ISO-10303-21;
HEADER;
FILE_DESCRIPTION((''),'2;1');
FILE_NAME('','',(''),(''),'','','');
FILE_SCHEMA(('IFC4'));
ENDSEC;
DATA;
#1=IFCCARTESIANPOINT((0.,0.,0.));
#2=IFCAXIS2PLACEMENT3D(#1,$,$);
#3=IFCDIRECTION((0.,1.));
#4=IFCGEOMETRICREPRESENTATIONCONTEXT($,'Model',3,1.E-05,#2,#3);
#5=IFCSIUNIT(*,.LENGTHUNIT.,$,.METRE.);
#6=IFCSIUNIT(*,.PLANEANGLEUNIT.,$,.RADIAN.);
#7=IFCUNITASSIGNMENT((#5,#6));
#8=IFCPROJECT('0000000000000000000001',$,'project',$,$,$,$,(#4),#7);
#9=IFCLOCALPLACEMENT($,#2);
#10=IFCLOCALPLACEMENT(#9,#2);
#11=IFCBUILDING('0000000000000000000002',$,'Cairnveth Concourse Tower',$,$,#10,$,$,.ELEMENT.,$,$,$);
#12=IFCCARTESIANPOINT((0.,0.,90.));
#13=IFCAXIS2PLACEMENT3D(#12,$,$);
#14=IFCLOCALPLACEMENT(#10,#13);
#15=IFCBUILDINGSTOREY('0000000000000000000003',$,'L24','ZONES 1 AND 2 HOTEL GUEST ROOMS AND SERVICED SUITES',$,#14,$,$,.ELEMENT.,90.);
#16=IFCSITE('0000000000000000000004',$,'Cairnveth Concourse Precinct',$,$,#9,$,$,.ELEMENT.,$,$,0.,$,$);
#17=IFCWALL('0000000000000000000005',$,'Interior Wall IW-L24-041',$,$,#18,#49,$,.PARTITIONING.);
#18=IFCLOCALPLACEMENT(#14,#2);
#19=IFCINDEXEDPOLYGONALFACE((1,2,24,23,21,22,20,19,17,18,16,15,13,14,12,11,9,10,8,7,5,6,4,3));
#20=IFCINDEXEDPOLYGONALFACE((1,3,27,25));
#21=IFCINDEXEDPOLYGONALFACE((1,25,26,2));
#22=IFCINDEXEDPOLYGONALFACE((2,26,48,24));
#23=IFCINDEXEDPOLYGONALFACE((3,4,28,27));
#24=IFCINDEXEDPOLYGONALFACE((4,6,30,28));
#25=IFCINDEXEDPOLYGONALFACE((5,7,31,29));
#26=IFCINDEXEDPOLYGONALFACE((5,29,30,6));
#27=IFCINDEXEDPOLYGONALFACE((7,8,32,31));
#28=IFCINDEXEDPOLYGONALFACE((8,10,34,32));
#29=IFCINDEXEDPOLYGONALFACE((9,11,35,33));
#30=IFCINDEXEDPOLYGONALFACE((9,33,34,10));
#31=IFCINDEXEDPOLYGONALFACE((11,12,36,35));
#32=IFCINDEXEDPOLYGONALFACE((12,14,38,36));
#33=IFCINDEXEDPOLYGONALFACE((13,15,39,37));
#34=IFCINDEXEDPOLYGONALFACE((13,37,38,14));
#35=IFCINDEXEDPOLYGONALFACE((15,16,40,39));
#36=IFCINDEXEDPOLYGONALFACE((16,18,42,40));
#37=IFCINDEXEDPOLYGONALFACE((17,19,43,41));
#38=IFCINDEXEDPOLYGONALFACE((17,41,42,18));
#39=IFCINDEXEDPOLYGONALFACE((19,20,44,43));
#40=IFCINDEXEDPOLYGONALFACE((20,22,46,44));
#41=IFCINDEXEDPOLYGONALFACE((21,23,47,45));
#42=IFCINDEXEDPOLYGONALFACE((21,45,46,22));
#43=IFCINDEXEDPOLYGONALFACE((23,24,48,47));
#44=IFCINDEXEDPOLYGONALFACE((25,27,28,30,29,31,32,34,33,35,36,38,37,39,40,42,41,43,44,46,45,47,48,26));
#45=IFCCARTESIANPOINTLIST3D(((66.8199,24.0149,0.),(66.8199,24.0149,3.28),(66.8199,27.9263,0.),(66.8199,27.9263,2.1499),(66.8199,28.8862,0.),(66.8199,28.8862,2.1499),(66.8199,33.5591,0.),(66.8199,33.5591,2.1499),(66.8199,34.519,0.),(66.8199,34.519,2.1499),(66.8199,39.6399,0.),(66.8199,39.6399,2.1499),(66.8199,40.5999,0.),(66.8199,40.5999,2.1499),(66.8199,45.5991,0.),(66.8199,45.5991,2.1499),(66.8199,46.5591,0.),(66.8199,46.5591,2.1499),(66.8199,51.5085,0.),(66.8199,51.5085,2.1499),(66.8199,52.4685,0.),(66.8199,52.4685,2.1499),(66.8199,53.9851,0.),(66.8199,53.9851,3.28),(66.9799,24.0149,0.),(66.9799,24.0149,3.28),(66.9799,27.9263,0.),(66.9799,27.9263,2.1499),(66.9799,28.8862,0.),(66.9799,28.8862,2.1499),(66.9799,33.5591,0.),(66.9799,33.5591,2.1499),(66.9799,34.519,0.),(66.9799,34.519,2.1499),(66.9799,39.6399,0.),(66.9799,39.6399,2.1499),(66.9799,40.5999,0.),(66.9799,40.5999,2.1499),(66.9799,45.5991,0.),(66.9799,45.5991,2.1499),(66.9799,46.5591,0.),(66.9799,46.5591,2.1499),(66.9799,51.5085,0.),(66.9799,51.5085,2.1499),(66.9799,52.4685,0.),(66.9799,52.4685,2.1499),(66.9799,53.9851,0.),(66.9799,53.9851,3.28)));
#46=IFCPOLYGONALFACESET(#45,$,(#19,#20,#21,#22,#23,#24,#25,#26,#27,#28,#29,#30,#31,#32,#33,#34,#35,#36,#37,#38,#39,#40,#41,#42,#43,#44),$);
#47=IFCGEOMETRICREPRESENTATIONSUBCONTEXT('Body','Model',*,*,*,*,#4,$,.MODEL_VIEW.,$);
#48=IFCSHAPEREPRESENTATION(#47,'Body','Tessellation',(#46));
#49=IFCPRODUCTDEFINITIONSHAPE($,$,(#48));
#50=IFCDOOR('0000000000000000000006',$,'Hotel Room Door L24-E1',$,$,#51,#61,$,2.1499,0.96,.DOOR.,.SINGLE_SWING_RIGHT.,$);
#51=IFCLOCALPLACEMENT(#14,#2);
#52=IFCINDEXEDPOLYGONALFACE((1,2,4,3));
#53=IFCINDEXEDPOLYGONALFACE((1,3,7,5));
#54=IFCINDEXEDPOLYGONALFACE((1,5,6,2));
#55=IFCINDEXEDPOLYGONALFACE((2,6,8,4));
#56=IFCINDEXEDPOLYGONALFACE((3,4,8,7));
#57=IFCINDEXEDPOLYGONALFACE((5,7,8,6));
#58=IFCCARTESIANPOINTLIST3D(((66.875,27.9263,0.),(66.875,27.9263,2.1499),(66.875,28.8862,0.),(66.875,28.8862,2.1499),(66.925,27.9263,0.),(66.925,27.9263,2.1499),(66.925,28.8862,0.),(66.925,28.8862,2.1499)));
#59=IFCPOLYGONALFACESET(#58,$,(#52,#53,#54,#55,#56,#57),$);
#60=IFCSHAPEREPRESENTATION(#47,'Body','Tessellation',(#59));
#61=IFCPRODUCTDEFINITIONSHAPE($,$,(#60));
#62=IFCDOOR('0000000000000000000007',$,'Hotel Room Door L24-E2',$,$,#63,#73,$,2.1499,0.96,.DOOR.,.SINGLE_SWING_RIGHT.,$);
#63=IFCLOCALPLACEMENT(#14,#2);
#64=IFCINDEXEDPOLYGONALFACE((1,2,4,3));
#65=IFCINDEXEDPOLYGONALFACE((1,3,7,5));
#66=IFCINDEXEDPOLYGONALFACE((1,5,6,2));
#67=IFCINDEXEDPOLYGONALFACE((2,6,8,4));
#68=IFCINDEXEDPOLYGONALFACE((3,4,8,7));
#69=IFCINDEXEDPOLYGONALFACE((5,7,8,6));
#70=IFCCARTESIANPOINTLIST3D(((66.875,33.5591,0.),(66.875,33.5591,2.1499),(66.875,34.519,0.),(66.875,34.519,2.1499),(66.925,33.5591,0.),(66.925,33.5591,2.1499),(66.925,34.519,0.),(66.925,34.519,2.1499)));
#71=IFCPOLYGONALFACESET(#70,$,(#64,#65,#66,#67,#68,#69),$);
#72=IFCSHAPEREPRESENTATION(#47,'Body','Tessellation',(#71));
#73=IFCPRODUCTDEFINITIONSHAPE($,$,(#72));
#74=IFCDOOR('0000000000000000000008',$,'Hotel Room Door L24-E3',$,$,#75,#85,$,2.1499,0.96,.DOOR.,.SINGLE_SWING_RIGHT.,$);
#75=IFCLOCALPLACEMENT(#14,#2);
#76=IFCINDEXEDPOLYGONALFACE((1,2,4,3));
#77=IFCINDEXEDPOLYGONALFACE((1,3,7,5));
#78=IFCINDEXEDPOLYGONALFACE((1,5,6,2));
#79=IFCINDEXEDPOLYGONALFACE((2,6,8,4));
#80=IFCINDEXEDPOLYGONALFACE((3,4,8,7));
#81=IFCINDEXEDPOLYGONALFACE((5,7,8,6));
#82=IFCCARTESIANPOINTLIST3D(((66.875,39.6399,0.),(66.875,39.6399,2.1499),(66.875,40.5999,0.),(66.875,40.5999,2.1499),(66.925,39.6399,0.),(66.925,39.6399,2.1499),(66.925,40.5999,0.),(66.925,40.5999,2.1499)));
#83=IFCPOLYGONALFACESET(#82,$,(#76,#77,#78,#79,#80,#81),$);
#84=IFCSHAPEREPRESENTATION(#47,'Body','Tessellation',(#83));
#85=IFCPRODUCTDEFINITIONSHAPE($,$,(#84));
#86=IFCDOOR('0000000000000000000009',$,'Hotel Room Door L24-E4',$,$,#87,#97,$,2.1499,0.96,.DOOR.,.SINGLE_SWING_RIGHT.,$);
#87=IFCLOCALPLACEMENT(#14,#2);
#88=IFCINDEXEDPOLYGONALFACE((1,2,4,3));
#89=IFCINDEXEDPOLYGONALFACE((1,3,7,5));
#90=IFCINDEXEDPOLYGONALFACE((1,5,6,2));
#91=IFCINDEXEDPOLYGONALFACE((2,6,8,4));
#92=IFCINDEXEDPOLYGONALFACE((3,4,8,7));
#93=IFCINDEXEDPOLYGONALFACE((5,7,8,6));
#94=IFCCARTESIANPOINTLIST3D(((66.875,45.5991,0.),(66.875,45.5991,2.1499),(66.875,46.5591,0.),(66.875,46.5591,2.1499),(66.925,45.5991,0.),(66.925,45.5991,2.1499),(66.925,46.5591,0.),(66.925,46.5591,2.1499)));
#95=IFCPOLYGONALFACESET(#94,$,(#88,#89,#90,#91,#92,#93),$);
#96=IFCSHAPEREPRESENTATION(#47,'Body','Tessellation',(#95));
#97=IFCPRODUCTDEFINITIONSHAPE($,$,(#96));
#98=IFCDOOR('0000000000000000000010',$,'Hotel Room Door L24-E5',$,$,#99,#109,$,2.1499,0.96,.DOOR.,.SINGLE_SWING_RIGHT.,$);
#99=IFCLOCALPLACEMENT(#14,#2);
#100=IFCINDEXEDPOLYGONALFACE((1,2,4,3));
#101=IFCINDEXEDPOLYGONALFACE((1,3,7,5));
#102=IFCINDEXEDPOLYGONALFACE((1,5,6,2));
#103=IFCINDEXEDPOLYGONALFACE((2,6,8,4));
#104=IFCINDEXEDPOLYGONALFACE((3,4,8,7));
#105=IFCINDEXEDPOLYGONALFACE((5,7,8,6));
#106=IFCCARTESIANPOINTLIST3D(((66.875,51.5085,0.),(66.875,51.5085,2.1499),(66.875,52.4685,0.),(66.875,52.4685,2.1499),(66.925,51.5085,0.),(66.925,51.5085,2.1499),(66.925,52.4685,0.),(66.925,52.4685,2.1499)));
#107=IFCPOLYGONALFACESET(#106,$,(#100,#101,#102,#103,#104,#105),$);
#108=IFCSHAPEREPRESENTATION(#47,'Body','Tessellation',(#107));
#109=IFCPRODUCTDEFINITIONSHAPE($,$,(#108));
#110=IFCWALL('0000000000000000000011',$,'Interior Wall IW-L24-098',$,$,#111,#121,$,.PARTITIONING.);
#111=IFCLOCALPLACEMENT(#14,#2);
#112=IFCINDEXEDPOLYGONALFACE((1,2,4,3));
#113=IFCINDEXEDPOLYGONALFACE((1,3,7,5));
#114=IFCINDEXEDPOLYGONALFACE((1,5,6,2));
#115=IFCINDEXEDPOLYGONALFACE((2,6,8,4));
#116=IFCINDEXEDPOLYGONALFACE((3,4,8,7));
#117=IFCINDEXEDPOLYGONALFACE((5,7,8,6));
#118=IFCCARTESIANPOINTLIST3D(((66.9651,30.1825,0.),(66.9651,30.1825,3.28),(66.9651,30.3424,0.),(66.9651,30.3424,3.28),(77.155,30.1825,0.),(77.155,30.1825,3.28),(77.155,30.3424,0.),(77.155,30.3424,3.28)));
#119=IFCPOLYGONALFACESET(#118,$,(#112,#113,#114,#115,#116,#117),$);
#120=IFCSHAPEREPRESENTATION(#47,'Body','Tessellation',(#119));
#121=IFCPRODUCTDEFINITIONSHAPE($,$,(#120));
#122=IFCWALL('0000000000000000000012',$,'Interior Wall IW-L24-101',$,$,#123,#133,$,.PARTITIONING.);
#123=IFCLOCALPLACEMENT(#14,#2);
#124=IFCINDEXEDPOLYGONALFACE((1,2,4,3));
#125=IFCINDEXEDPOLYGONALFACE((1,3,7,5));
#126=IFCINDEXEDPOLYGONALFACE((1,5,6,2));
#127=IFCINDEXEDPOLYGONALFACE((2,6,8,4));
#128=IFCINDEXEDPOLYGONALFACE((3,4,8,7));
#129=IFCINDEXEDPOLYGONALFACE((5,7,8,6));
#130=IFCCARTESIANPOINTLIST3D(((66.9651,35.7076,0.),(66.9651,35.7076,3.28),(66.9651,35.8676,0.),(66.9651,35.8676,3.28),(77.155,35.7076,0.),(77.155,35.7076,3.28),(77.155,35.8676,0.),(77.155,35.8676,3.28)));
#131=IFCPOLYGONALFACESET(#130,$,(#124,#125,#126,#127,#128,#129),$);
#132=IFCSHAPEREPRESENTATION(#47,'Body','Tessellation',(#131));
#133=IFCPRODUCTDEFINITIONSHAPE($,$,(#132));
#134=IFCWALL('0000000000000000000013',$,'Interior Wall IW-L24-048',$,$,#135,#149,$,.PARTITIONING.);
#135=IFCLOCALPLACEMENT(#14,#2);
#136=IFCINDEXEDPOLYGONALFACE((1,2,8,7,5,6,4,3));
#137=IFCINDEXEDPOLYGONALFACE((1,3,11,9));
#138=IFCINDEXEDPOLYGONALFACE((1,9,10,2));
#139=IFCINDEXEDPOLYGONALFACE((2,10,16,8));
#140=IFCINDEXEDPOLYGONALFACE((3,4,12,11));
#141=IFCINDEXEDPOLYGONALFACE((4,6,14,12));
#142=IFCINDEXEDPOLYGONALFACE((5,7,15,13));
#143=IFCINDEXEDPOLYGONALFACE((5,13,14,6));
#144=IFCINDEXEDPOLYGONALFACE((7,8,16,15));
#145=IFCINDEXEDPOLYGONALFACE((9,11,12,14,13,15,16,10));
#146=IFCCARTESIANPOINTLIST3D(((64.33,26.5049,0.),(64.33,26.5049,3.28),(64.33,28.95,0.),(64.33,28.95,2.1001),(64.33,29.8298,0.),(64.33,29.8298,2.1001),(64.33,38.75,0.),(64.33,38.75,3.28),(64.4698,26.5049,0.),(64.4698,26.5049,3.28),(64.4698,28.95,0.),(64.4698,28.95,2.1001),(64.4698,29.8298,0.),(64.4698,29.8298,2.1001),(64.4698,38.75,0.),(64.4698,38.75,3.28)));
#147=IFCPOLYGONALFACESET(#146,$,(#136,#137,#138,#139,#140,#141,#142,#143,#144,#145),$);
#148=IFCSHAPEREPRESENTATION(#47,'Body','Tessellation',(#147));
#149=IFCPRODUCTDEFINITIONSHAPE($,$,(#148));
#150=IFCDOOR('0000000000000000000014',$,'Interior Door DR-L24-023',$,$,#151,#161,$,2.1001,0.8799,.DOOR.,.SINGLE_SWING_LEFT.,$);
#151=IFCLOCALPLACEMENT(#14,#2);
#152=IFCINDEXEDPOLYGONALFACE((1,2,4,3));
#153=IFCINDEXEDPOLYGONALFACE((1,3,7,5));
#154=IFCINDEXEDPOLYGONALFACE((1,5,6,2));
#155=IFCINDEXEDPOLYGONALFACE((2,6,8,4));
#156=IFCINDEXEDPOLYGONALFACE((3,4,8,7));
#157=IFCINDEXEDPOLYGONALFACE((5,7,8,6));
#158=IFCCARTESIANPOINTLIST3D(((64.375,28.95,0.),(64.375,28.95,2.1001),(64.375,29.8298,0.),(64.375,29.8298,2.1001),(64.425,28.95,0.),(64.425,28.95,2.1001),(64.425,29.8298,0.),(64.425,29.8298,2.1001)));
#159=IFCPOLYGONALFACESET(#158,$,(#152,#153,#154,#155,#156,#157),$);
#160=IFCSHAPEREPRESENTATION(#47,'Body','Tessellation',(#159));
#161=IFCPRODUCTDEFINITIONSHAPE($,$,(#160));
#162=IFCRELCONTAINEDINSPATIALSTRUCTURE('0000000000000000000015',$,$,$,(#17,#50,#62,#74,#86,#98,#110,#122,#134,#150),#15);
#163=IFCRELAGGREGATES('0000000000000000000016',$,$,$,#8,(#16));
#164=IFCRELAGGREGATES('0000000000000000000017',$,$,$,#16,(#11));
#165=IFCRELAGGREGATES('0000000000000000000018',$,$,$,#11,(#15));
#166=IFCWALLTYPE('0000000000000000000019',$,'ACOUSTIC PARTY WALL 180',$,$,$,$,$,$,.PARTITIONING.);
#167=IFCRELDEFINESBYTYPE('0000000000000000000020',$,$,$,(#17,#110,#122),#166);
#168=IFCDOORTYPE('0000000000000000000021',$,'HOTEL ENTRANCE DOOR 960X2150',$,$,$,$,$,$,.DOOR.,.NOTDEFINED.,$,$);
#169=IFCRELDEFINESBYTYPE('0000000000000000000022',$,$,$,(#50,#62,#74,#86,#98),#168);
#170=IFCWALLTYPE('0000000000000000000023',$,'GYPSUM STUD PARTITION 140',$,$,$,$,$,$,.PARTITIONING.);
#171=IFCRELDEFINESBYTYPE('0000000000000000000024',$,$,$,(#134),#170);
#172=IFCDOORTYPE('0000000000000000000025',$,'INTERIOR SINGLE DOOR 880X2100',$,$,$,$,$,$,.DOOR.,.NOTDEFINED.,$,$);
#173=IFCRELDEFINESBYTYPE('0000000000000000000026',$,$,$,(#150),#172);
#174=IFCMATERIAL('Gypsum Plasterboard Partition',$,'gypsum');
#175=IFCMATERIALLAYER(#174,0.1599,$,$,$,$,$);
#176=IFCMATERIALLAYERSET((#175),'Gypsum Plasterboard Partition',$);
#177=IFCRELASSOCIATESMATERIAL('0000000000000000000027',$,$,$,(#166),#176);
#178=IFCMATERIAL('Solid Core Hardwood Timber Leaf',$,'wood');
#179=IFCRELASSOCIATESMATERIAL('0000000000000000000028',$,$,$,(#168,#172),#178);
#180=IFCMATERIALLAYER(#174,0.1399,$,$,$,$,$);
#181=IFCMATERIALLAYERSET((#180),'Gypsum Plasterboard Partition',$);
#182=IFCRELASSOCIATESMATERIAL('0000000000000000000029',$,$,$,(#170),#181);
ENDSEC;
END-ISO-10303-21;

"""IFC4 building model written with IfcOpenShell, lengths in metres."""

from ifc_helpers import new_model, si_unit, direction, frame, frame_2d, origin, place, context, subcontext, project, spatial, rectangle, extrude, material, layer, layer_set, type_object, element, fill, save


model = new_model("IFC4")

# Units and contexts
model_context = context("Model", 3, precision=1e-05, world=origin(), true_north=direction((0.0, 1.0)))
body_context = subcontext(model_context, "Body", "Model", "MODEL_VIEW")
ifc_project = project(units=[si_unit("LENGTHUNIT", "METRE"), si_unit("PLANEANGLEUNIT", "RADIAN")], contexts=[model_context])

# Site, building, storey
site_placement = place(None, origin())
site = spatial("IfcSite", under=ifc_project, at=site_placement, Name="Cairnveth Concourse Precinct", CompositionType="ELEMENT", RefElevation=0.0)
building_placement = place(site_placement, origin())
building = spatial("IfcBuilding", under=site, at=building_placement, Name="Cairnveth Concourse Tower", CompositionType="ELEMENT")
storey_placement = place(building_placement, frame((0.0, 0.0, 90.0)))
storey = spatial("IfcBuildingStorey", under=building, at=storey_placement, Name="L24", Description="ZONES 1 AND 2 HOTEL GUEST ROOMS AND SERVICED SUITES", CompositionType="ELEMENT", Elevation=90.0)

# Wall, openings, doors
ifc_material_1 = material(Name="Gypsum Plasterboard Partition", Category="gypsum")
ifc_layer_1 = layer(ifc_material_1, 0.1599)
ifc_layer_set_1 = layer_set([ifc_layer_1], Name="Gypsum Plasterboard Partition")
wall_type_1 = type_object("IfcWallType", Name="ACOUSTIC PARTY WALL 180", PredefinedType="PARTITIONING", material=ifc_layer_set_1)
wall_1_placement = place(storey_placement, frame((66.8999, 24.0149, 0.0), z_axis=(0.0, 0.0, 1.0), x_axis=(0.0, 1.0, 0.0)))
wall_1 = element("IfcWall", 1, at=wall_1_placement, inside=storey, type_object=wall_type_1, Name="Interior Wall IW-L24-041", PredefinedType="PARTITIONING", context=body_context, shape_type="SweptSolid", body=[
    extrude(rectangle(XDim=29.9702, YDim=0.1599, at=frame_2d((14.9851, 0.0))), origin(), (0.0, 0.0, 1.0), 3.28),
])
opening_1_placement = place(wall_1_placement, frame((3.9114, 0.0, 0.0)))
opening_1 = element("IfcOpeningElement", 2, at=opening_1_placement, cuts=wall_1, PredefinedType="OPENING", context=body_context, shape_type="SweptSolid", body=[
    extrude(rectangle(XDim=0.96, YDim=2.1499, at=frame_2d((0.48, 1.075))), frame((0.0, 0.0898, 0.0), z_axis=(0.0, -1.0, 0.0), x_axis=(1.0, 0.0, 0.0)), (0.0, 0.0, 1.0), 0.1799),
])
opening_2_placement = place(wall_1_placement, frame((9.5442, 0.0, 0.0)))
opening_2 = element("IfcOpeningElement", 3, at=opening_2_placement, cuts=wall_1, PredefinedType="OPENING", context=body_context, shape_type="SweptSolid", body=[
    extrude(rectangle(XDim=0.96, YDim=2.1499, at=frame_2d((0.48, 1.075))), frame((0.0, 0.0898, 0.0), z_axis=(0.0, -1.0, 0.0), x_axis=(1.0, 0.0, 0.0)), (0.0, 0.0, 1.0), 0.1799),
])
opening_3_placement = place(wall_1_placement, frame((15.625, 0.0, 0.0)))
opening_3 = element("IfcOpeningElement", 4, at=opening_3_placement, cuts=wall_1, PredefinedType="OPENING", context=body_context, shape_type="SweptSolid", body=[
    extrude(rectangle(XDim=0.96, YDim=2.1499, at=frame_2d((0.48, 1.075))), frame((0.0, 0.0898, 0.0), z_axis=(0.0, -1.0, 0.0), x_axis=(1.0, 0.0, 0.0)), (0.0, 0.0, 1.0), 0.1799),
])
opening_4_placement = place(wall_1_placement, frame((21.5842, 0.0, 0.0)))
opening_4 = element("IfcOpeningElement", 5, at=opening_4_placement, cuts=wall_1, PredefinedType="OPENING", context=body_context, shape_type="SweptSolid", body=[
    extrude(rectangle(XDim=0.96, YDim=2.1499, at=frame_2d((0.48, 1.075))), frame((0.0, 0.0898, 0.0), z_axis=(0.0, -1.0, 0.0), x_axis=(1.0, 0.0, 0.0)), (0.0, 0.0, 1.0), 0.1799),
])
opening_5_placement = place(wall_1_placement, frame((27.4937, 0.0, 0.0)))
opening_5 = element("IfcOpeningElement", 6, at=opening_5_placement, cuts=wall_1, PredefinedType="OPENING", context=body_context, shape_type="SweptSolid", body=[
    extrude(rectangle(XDim=0.96, YDim=2.1499, at=frame_2d((0.48, 1.075))), frame((0.0, 0.0898, 0.0), z_axis=(0.0, -1.0, 0.0), x_axis=(1.0, 0.0, 0.0)), (0.0, 0.0, 1.0), 0.1799),
])
ifc_material_2 = material(Name="Solid Core Hardwood Timber Leaf", Category="wood")
door_type_1 = type_object("IfcDoorType", Name="HOTEL ENTRANCE DOOR 960X2150", OperationType="NOTDEFINED", PredefinedType="DOOR", material=ifc_material_2)
door_1_placement = place(opening_1_placement, origin())
door_1 = element("IfcDoor", 7, at=door_1_placement, inside=storey, type_object=door_type_1, Name="Hotel Room Door L24-E1", OperationType="SINGLE_SWING_RIGHT", OverallHeight=2.1499, OverallWidth=0.96, PredefinedType="DOOR", context=body_context, shape_type="SweptSolid", body=[
    extrude(rectangle(XDim=0.96, YDim=2.1499, at=frame_2d((0.48, 1.075))), frame((0.0, 0.0249, 0.0), z_axis=(0.0, -1.0, 0.0), x_axis=(1.0, 0.0, 0.0)), (0.0, 0.0, 1.0), 0.05),
])
fill(opening_1, door_1)
door_2_placement = place(opening_2_placement, origin())
door_2 = element("IfcDoor", 8, at=door_2_placement, inside=storey, type_object=door_type_1, Name="Hotel Room Door L24-E2", OperationType="SINGLE_SWING_RIGHT", OverallHeight=2.1499, OverallWidth=0.96, PredefinedType="DOOR", context=body_context, shape_type="SweptSolid", body=[
    extrude(rectangle(XDim=0.96, YDim=2.1499, at=frame_2d((0.48, 1.075))), frame((0.0, 0.0249, 0.0), z_axis=(0.0, -1.0, 0.0), x_axis=(1.0, 0.0, 0.0)), (0.0, 0.0, 1.0), 0.05),
])
fill(opening_2, door_2)
door_3_placement = place(opening_3_placement, origin())
door_3 = element("IfcDoor", 9, at=door_3_placement, inside=storey, type_object=door_type_1, Name="Hotel Room Door L24-E3", OperationType="SINGLE_SWING_RIGHT", OverallHeight=2.1499, OverallWidth=0.96, PredefinedType="DOOR", context=body_context, shape_type="SweptSolid", body=[
    extrude(rectangle(XDim=0.96, YDim=2.1499, at=frame_2d((0.48, 1.075))), frame((0.0, 0.0249, 0.0), z_axis=(0.0, -1.0, 0.0), x_axis=(1.0, 0.0, 0.0)), (0.0, 0.0, 1.0), 0.05),
])
fill(opening_3, door_3)
door_4_placement = place(opening_4_placement, origin())
door_4 = element("IfcDoor", 10, at=door_4_placement, inside=storey, type_object=door_type_1, Name="Hotel Room Door L24-E4", OperationType="SINGLE_SWING_RIGHT", OverallHeight=2.1499, OverallWidth=0.96, PredefinedType="DOOR", context=body_context, shape_type="SweptSolid", body=[
    extrude(rectangle(XDim=0.96, YDim=2.1499, at=frame_2d((0.48, 1.075))), frame((0.0, 0.0249, 0.0), z_axis=(0.0, -1.0, 0.0), x_axis=(1.0, 0.0, 0.0)), (0.0, 0.0, 1.0), 0.05),
])
fill(opening_4, door_4)
door_5_placement = place(opening_5_placement, origin())
door_5 = element("IfcDoor", 11, at=door_5_placement, inside=storey, type_object=door_type_1, Name="Hotel Room Door L24-E5", OperationType="SINGLE_SWING_RIGHT", OverallHeight=2.1499, OverallWidth=0.96, PredefinedType="DOOR", context=body_context, shape_type="SweptSolid", body=[
    extrude(rectangle(XDim=0.96, YDim=2.1499, at=frame_2d((0.48, 1.075))), frame((0.0, 0.0249, 0.0), z_axis=(0.0, -1.0, 0.0), x_axis=(1.0, 0.0, 0.0)), (0.0, 0.0, 1.0), 0.05),
])
fill(opening_5, door_5)

# Walls
for number, where, z_axis, x_axis, name in (
    (12, (66.9651, 30.2625, 0.0), (0.0, 0.0, 1.0), (1.0, 0.0, 0.0), "Interior Wall IW-L24-098"),
    (13, (66.9651, 35.7876, 0.0), (0.0, 0.0, 1.0), (1.0, 0.0, 0.0), "Interior Wall IW-L24-101"),
):
    element("IfcWall", number, at=place(storey_placement, frame(where, z_axis=z_axis, x_axis=x_axis)), inside=storey, type_object=wall_type_1, Name=name, PredefinedType="PARTITIONING", context=body_context, shape_type="SweptSolid", body=[
        extrude(rectangle(XDim=10.1899, YDim=0.1599, at=frame_2d((5.095, 0.0))), origin(), (0.0, 0.0, 1.0), 3.28),
    ])

# Wall, opening, door
ifc_layer_2 = layer(ifc_material_1, 0.1399)
ifc_layer_set_2 = layer_set([ifc_layer_2], Name="Gypsum Plasterboard Partition")
wall_type_2 = type_object("IfcWallType", Name="GYPSUM STUD PARTITION 140", PredefinedType="PARTITIONING", material=ifc_layer_set_2)
wall_2_placement = place(storey_placement, frame((64.3999, 26.5049, 0.0), z_axis=(0.0, 0.0, 1.0), x_axis=(0.0, 1.0, 0.0)))
wall_2 = element("IfcWall", 14, at=wall_2_placement, inside=storey, type_object=wall_type_2, Name="Interior Wall IW-L24-048", PredefinedType="PARTITIONING", context=body_context, shape_type="SweptSolid", body=[
    extrude(rectangle(XDim=12.2451, YDim=0.1399, at=frame_2d((6.1226, 0.0))), origin(), (0.0, 0.0, 1.0), 3.28),
])
opening_6_placement = place(wall_2_placement, frame((2.4451, 0.0, 0.0)))
opening_6 = element("IfcOpeningElement", 15, at=opening_6_placement, cuts=wall_2, PredefinedType="OPENING", context=body_context, shape_type="SweptSolid", body=[
    extrude(rectangle(XDim=0.8799, YDim=2.1001, at=frame_2d((0.4399, 1.05))), frame((0.0, 0.0798, 0.0), z_axis=(0.0, -1.0, 0.0), x_axis=(1.0, 0.0, 0.0)), (0.0, 0.0, 1.0), 0.1599),
])
door_type_2 = type_object("IfcDoorType", Name="INTERIOR SINGLE DOOR 880X2100", OperationType="NOTDEFINED", PredefinedType="DOOR", material=ifc_material_2)
door_6_placement = place(opening_6_placement, origin())
door_6 = element("IfcDoor", 16, at=door_6_placement, inside=storey, type_object=door_type_2, Name="Interior Door DR-L24-023", OperationType="SINGLE_SWING_LEFT", OverallHeight=2.1001, OverallWidth=0.8799, PredefinedType="DOOR", context=body_context, shape_type="SweptSolid", body=[
    extrude(rectangle(XDim=0.8799, YDim=2.1001, at=frame_2d((0.4399, 1.05))), frame((0.0, 0.0249, 0.0), z_axis=(0.0, -1.0, 0.0), x_axis=(1.0, 0.0, 0.0)), (0.0, 0.0, 1.0), 0.05),
])
fill(opening_6, door_6)

save(model, "model.ifc")
